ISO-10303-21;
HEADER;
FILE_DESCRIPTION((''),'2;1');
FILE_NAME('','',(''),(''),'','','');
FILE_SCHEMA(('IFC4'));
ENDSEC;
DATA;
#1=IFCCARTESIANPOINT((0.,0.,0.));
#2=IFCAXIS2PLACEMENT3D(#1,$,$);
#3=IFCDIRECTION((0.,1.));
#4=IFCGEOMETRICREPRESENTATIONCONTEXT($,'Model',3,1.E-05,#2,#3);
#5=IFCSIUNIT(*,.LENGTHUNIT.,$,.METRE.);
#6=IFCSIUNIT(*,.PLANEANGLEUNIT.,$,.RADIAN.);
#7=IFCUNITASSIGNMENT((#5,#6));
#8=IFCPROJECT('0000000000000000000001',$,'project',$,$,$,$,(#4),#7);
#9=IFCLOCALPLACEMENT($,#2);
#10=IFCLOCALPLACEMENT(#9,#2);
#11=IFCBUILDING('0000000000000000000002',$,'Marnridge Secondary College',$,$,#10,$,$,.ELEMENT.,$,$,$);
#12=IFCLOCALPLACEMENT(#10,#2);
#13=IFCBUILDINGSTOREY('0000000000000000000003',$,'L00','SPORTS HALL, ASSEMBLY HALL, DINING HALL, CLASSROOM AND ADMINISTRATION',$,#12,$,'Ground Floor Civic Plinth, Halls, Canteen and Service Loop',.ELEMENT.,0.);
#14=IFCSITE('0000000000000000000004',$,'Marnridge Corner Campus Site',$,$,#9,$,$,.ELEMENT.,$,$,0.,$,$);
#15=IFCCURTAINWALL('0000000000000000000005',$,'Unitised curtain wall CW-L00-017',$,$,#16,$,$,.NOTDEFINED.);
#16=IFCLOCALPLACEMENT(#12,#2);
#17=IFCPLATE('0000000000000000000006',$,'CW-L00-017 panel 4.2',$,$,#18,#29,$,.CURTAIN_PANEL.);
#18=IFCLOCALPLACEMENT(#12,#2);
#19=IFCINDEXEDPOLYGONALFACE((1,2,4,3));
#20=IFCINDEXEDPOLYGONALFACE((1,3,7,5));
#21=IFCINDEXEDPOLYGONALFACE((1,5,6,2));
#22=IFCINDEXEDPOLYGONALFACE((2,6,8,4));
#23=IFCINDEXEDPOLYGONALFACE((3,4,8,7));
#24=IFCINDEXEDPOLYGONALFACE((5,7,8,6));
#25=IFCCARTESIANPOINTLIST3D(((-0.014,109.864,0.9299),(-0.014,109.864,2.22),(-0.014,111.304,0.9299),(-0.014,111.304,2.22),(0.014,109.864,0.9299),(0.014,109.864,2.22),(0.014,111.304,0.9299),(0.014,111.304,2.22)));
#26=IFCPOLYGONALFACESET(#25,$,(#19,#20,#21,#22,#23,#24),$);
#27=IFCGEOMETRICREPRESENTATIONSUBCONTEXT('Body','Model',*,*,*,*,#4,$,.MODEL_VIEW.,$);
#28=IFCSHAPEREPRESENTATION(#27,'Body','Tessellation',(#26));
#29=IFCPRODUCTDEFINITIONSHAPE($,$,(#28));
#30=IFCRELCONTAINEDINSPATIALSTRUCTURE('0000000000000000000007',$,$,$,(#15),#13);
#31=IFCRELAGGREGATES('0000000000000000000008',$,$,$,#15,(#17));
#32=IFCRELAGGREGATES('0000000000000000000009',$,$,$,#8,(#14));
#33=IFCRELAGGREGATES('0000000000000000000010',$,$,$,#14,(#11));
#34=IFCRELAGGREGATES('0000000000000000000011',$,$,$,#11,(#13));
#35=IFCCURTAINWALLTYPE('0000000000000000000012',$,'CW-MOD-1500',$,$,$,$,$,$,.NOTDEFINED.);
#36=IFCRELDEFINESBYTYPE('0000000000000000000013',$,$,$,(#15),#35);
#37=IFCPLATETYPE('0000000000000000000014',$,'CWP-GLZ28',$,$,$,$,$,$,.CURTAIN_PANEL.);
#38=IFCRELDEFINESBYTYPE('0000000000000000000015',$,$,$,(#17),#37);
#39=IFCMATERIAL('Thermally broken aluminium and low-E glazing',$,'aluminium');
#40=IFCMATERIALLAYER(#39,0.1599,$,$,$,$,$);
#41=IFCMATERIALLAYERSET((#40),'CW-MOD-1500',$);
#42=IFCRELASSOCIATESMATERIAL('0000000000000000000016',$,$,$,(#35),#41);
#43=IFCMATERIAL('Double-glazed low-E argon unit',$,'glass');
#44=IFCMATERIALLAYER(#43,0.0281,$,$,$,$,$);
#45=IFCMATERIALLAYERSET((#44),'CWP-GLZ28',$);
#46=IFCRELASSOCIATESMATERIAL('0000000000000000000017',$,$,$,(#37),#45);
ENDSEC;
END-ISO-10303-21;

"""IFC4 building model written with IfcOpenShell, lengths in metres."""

from ifc_helpers import new_model, si_unit, direction, frame, origin, origin_2d, place, context, subcontext, project, spatial, rectangle, extrude, material, layer, layer_set, type_object, element, aggregate, save


model = new_model("IFC4")

# Units and contexts
model_context = context("Model", 3, precision=1e-05, world=origin(), true_north=direction((0.0, 1.0)))
body_context = subcontext(model_context, "Body", "Model", "MODEL_VIEW")
ifc_project = project(units=[si_unit("LENGTHUNIT", "METRE"), si_unit("PLANEANGLEUNIT", "RADIAN")], contexts=[model_context])

# Site, building, storey
site_placement = place(None, origin())
site = spatial("IfcSite", under=ifc_project, at=site_placement, Name="Marnridge Corner Campus Site", CompositionType="ELEMENT", RefElevation=0.0)
building_placement = place(site_placement, origin())
building = spatial("IfcBuilding", under=site, at=building_placement, Name="Marnridge Secondary College", CompositionType="ELEMENT")
storey_placement = place(building_placement, origin())
storey = spatial("IfcBuildingStorey", under=building, at=storey_placement, Name="L00", Description="SPORTS HALL, ASSEMBLY HALL, DINING HALL, CLASSROOM AND ADMINISTRATION", LongName="Ground Floor Civic Plinth, Halls, Canteen and Service Loop", CompositionType="ELEMENT", Elevation=0.0)

# Curtain wall, plate
ifc_material_1 = material(Name="Thermally broken aluminium and low-E glazing", Category="aluminium")
ifc_layer_1 = layer(ifc_material_1, 0.1599)
ifc_layer_set_1 = layer_set([ifc_layer_1], Name="CW-MOD-1500")
curtain_wall_type = type_object("IfcCurtainWallType", Name="CW-MOD-1500", PredefinedType="NOTDEFINED", material=ifc_layer_set_1)
curtain_wall_placement = place(storey_placement, origin())
curtain_wall = element("IfcCurtainWall", 1, at=curtain_wall_placement, inside=storey, type_object=curtain_wall_type, Name="Unitised curtain wall CW-L00-017", PredefinedType="NOTDEFINED")
ifc_material_2 = material(Name="Double-glazed low-E argon unit", Category="glass")
ifc_layer_2 = layer(ifc_material_2, 0.0281)
ifc_layer_set_2 = layer_set([ifc_layer_2], Name="CWP-GLZ28")
plate_type = type_object("IfcPlateType", Name="CWP-GLZ28", PredefinedType="CURTAIN_PANEL", material=ifc_layer_set_2)
plate_1_placement = place(storey_placement, frame((0.0, 110.584, 0.9299), z_axis=(0.0, 0.0, 1.0), x_axis=(0.0, 1.0, 0.0)))
plate_1 = element("IfcPlate", 2, at=plate_1_placement, type_object=plate_type, Name="CW-L00-017 panel 4.2", PredefinedType="CURTAIN_PANEL", context=body_context, shape_type="SweptSolid", body=[
    extrude(rectangle(XDim=1.4399, YDim=0.0281, at=origin_2d()), origin(), (0.0, 0.0, 1.0), 1.29),
])
aggregate(curtain_wall, [plate_1])

save(model, "model.ifc")
